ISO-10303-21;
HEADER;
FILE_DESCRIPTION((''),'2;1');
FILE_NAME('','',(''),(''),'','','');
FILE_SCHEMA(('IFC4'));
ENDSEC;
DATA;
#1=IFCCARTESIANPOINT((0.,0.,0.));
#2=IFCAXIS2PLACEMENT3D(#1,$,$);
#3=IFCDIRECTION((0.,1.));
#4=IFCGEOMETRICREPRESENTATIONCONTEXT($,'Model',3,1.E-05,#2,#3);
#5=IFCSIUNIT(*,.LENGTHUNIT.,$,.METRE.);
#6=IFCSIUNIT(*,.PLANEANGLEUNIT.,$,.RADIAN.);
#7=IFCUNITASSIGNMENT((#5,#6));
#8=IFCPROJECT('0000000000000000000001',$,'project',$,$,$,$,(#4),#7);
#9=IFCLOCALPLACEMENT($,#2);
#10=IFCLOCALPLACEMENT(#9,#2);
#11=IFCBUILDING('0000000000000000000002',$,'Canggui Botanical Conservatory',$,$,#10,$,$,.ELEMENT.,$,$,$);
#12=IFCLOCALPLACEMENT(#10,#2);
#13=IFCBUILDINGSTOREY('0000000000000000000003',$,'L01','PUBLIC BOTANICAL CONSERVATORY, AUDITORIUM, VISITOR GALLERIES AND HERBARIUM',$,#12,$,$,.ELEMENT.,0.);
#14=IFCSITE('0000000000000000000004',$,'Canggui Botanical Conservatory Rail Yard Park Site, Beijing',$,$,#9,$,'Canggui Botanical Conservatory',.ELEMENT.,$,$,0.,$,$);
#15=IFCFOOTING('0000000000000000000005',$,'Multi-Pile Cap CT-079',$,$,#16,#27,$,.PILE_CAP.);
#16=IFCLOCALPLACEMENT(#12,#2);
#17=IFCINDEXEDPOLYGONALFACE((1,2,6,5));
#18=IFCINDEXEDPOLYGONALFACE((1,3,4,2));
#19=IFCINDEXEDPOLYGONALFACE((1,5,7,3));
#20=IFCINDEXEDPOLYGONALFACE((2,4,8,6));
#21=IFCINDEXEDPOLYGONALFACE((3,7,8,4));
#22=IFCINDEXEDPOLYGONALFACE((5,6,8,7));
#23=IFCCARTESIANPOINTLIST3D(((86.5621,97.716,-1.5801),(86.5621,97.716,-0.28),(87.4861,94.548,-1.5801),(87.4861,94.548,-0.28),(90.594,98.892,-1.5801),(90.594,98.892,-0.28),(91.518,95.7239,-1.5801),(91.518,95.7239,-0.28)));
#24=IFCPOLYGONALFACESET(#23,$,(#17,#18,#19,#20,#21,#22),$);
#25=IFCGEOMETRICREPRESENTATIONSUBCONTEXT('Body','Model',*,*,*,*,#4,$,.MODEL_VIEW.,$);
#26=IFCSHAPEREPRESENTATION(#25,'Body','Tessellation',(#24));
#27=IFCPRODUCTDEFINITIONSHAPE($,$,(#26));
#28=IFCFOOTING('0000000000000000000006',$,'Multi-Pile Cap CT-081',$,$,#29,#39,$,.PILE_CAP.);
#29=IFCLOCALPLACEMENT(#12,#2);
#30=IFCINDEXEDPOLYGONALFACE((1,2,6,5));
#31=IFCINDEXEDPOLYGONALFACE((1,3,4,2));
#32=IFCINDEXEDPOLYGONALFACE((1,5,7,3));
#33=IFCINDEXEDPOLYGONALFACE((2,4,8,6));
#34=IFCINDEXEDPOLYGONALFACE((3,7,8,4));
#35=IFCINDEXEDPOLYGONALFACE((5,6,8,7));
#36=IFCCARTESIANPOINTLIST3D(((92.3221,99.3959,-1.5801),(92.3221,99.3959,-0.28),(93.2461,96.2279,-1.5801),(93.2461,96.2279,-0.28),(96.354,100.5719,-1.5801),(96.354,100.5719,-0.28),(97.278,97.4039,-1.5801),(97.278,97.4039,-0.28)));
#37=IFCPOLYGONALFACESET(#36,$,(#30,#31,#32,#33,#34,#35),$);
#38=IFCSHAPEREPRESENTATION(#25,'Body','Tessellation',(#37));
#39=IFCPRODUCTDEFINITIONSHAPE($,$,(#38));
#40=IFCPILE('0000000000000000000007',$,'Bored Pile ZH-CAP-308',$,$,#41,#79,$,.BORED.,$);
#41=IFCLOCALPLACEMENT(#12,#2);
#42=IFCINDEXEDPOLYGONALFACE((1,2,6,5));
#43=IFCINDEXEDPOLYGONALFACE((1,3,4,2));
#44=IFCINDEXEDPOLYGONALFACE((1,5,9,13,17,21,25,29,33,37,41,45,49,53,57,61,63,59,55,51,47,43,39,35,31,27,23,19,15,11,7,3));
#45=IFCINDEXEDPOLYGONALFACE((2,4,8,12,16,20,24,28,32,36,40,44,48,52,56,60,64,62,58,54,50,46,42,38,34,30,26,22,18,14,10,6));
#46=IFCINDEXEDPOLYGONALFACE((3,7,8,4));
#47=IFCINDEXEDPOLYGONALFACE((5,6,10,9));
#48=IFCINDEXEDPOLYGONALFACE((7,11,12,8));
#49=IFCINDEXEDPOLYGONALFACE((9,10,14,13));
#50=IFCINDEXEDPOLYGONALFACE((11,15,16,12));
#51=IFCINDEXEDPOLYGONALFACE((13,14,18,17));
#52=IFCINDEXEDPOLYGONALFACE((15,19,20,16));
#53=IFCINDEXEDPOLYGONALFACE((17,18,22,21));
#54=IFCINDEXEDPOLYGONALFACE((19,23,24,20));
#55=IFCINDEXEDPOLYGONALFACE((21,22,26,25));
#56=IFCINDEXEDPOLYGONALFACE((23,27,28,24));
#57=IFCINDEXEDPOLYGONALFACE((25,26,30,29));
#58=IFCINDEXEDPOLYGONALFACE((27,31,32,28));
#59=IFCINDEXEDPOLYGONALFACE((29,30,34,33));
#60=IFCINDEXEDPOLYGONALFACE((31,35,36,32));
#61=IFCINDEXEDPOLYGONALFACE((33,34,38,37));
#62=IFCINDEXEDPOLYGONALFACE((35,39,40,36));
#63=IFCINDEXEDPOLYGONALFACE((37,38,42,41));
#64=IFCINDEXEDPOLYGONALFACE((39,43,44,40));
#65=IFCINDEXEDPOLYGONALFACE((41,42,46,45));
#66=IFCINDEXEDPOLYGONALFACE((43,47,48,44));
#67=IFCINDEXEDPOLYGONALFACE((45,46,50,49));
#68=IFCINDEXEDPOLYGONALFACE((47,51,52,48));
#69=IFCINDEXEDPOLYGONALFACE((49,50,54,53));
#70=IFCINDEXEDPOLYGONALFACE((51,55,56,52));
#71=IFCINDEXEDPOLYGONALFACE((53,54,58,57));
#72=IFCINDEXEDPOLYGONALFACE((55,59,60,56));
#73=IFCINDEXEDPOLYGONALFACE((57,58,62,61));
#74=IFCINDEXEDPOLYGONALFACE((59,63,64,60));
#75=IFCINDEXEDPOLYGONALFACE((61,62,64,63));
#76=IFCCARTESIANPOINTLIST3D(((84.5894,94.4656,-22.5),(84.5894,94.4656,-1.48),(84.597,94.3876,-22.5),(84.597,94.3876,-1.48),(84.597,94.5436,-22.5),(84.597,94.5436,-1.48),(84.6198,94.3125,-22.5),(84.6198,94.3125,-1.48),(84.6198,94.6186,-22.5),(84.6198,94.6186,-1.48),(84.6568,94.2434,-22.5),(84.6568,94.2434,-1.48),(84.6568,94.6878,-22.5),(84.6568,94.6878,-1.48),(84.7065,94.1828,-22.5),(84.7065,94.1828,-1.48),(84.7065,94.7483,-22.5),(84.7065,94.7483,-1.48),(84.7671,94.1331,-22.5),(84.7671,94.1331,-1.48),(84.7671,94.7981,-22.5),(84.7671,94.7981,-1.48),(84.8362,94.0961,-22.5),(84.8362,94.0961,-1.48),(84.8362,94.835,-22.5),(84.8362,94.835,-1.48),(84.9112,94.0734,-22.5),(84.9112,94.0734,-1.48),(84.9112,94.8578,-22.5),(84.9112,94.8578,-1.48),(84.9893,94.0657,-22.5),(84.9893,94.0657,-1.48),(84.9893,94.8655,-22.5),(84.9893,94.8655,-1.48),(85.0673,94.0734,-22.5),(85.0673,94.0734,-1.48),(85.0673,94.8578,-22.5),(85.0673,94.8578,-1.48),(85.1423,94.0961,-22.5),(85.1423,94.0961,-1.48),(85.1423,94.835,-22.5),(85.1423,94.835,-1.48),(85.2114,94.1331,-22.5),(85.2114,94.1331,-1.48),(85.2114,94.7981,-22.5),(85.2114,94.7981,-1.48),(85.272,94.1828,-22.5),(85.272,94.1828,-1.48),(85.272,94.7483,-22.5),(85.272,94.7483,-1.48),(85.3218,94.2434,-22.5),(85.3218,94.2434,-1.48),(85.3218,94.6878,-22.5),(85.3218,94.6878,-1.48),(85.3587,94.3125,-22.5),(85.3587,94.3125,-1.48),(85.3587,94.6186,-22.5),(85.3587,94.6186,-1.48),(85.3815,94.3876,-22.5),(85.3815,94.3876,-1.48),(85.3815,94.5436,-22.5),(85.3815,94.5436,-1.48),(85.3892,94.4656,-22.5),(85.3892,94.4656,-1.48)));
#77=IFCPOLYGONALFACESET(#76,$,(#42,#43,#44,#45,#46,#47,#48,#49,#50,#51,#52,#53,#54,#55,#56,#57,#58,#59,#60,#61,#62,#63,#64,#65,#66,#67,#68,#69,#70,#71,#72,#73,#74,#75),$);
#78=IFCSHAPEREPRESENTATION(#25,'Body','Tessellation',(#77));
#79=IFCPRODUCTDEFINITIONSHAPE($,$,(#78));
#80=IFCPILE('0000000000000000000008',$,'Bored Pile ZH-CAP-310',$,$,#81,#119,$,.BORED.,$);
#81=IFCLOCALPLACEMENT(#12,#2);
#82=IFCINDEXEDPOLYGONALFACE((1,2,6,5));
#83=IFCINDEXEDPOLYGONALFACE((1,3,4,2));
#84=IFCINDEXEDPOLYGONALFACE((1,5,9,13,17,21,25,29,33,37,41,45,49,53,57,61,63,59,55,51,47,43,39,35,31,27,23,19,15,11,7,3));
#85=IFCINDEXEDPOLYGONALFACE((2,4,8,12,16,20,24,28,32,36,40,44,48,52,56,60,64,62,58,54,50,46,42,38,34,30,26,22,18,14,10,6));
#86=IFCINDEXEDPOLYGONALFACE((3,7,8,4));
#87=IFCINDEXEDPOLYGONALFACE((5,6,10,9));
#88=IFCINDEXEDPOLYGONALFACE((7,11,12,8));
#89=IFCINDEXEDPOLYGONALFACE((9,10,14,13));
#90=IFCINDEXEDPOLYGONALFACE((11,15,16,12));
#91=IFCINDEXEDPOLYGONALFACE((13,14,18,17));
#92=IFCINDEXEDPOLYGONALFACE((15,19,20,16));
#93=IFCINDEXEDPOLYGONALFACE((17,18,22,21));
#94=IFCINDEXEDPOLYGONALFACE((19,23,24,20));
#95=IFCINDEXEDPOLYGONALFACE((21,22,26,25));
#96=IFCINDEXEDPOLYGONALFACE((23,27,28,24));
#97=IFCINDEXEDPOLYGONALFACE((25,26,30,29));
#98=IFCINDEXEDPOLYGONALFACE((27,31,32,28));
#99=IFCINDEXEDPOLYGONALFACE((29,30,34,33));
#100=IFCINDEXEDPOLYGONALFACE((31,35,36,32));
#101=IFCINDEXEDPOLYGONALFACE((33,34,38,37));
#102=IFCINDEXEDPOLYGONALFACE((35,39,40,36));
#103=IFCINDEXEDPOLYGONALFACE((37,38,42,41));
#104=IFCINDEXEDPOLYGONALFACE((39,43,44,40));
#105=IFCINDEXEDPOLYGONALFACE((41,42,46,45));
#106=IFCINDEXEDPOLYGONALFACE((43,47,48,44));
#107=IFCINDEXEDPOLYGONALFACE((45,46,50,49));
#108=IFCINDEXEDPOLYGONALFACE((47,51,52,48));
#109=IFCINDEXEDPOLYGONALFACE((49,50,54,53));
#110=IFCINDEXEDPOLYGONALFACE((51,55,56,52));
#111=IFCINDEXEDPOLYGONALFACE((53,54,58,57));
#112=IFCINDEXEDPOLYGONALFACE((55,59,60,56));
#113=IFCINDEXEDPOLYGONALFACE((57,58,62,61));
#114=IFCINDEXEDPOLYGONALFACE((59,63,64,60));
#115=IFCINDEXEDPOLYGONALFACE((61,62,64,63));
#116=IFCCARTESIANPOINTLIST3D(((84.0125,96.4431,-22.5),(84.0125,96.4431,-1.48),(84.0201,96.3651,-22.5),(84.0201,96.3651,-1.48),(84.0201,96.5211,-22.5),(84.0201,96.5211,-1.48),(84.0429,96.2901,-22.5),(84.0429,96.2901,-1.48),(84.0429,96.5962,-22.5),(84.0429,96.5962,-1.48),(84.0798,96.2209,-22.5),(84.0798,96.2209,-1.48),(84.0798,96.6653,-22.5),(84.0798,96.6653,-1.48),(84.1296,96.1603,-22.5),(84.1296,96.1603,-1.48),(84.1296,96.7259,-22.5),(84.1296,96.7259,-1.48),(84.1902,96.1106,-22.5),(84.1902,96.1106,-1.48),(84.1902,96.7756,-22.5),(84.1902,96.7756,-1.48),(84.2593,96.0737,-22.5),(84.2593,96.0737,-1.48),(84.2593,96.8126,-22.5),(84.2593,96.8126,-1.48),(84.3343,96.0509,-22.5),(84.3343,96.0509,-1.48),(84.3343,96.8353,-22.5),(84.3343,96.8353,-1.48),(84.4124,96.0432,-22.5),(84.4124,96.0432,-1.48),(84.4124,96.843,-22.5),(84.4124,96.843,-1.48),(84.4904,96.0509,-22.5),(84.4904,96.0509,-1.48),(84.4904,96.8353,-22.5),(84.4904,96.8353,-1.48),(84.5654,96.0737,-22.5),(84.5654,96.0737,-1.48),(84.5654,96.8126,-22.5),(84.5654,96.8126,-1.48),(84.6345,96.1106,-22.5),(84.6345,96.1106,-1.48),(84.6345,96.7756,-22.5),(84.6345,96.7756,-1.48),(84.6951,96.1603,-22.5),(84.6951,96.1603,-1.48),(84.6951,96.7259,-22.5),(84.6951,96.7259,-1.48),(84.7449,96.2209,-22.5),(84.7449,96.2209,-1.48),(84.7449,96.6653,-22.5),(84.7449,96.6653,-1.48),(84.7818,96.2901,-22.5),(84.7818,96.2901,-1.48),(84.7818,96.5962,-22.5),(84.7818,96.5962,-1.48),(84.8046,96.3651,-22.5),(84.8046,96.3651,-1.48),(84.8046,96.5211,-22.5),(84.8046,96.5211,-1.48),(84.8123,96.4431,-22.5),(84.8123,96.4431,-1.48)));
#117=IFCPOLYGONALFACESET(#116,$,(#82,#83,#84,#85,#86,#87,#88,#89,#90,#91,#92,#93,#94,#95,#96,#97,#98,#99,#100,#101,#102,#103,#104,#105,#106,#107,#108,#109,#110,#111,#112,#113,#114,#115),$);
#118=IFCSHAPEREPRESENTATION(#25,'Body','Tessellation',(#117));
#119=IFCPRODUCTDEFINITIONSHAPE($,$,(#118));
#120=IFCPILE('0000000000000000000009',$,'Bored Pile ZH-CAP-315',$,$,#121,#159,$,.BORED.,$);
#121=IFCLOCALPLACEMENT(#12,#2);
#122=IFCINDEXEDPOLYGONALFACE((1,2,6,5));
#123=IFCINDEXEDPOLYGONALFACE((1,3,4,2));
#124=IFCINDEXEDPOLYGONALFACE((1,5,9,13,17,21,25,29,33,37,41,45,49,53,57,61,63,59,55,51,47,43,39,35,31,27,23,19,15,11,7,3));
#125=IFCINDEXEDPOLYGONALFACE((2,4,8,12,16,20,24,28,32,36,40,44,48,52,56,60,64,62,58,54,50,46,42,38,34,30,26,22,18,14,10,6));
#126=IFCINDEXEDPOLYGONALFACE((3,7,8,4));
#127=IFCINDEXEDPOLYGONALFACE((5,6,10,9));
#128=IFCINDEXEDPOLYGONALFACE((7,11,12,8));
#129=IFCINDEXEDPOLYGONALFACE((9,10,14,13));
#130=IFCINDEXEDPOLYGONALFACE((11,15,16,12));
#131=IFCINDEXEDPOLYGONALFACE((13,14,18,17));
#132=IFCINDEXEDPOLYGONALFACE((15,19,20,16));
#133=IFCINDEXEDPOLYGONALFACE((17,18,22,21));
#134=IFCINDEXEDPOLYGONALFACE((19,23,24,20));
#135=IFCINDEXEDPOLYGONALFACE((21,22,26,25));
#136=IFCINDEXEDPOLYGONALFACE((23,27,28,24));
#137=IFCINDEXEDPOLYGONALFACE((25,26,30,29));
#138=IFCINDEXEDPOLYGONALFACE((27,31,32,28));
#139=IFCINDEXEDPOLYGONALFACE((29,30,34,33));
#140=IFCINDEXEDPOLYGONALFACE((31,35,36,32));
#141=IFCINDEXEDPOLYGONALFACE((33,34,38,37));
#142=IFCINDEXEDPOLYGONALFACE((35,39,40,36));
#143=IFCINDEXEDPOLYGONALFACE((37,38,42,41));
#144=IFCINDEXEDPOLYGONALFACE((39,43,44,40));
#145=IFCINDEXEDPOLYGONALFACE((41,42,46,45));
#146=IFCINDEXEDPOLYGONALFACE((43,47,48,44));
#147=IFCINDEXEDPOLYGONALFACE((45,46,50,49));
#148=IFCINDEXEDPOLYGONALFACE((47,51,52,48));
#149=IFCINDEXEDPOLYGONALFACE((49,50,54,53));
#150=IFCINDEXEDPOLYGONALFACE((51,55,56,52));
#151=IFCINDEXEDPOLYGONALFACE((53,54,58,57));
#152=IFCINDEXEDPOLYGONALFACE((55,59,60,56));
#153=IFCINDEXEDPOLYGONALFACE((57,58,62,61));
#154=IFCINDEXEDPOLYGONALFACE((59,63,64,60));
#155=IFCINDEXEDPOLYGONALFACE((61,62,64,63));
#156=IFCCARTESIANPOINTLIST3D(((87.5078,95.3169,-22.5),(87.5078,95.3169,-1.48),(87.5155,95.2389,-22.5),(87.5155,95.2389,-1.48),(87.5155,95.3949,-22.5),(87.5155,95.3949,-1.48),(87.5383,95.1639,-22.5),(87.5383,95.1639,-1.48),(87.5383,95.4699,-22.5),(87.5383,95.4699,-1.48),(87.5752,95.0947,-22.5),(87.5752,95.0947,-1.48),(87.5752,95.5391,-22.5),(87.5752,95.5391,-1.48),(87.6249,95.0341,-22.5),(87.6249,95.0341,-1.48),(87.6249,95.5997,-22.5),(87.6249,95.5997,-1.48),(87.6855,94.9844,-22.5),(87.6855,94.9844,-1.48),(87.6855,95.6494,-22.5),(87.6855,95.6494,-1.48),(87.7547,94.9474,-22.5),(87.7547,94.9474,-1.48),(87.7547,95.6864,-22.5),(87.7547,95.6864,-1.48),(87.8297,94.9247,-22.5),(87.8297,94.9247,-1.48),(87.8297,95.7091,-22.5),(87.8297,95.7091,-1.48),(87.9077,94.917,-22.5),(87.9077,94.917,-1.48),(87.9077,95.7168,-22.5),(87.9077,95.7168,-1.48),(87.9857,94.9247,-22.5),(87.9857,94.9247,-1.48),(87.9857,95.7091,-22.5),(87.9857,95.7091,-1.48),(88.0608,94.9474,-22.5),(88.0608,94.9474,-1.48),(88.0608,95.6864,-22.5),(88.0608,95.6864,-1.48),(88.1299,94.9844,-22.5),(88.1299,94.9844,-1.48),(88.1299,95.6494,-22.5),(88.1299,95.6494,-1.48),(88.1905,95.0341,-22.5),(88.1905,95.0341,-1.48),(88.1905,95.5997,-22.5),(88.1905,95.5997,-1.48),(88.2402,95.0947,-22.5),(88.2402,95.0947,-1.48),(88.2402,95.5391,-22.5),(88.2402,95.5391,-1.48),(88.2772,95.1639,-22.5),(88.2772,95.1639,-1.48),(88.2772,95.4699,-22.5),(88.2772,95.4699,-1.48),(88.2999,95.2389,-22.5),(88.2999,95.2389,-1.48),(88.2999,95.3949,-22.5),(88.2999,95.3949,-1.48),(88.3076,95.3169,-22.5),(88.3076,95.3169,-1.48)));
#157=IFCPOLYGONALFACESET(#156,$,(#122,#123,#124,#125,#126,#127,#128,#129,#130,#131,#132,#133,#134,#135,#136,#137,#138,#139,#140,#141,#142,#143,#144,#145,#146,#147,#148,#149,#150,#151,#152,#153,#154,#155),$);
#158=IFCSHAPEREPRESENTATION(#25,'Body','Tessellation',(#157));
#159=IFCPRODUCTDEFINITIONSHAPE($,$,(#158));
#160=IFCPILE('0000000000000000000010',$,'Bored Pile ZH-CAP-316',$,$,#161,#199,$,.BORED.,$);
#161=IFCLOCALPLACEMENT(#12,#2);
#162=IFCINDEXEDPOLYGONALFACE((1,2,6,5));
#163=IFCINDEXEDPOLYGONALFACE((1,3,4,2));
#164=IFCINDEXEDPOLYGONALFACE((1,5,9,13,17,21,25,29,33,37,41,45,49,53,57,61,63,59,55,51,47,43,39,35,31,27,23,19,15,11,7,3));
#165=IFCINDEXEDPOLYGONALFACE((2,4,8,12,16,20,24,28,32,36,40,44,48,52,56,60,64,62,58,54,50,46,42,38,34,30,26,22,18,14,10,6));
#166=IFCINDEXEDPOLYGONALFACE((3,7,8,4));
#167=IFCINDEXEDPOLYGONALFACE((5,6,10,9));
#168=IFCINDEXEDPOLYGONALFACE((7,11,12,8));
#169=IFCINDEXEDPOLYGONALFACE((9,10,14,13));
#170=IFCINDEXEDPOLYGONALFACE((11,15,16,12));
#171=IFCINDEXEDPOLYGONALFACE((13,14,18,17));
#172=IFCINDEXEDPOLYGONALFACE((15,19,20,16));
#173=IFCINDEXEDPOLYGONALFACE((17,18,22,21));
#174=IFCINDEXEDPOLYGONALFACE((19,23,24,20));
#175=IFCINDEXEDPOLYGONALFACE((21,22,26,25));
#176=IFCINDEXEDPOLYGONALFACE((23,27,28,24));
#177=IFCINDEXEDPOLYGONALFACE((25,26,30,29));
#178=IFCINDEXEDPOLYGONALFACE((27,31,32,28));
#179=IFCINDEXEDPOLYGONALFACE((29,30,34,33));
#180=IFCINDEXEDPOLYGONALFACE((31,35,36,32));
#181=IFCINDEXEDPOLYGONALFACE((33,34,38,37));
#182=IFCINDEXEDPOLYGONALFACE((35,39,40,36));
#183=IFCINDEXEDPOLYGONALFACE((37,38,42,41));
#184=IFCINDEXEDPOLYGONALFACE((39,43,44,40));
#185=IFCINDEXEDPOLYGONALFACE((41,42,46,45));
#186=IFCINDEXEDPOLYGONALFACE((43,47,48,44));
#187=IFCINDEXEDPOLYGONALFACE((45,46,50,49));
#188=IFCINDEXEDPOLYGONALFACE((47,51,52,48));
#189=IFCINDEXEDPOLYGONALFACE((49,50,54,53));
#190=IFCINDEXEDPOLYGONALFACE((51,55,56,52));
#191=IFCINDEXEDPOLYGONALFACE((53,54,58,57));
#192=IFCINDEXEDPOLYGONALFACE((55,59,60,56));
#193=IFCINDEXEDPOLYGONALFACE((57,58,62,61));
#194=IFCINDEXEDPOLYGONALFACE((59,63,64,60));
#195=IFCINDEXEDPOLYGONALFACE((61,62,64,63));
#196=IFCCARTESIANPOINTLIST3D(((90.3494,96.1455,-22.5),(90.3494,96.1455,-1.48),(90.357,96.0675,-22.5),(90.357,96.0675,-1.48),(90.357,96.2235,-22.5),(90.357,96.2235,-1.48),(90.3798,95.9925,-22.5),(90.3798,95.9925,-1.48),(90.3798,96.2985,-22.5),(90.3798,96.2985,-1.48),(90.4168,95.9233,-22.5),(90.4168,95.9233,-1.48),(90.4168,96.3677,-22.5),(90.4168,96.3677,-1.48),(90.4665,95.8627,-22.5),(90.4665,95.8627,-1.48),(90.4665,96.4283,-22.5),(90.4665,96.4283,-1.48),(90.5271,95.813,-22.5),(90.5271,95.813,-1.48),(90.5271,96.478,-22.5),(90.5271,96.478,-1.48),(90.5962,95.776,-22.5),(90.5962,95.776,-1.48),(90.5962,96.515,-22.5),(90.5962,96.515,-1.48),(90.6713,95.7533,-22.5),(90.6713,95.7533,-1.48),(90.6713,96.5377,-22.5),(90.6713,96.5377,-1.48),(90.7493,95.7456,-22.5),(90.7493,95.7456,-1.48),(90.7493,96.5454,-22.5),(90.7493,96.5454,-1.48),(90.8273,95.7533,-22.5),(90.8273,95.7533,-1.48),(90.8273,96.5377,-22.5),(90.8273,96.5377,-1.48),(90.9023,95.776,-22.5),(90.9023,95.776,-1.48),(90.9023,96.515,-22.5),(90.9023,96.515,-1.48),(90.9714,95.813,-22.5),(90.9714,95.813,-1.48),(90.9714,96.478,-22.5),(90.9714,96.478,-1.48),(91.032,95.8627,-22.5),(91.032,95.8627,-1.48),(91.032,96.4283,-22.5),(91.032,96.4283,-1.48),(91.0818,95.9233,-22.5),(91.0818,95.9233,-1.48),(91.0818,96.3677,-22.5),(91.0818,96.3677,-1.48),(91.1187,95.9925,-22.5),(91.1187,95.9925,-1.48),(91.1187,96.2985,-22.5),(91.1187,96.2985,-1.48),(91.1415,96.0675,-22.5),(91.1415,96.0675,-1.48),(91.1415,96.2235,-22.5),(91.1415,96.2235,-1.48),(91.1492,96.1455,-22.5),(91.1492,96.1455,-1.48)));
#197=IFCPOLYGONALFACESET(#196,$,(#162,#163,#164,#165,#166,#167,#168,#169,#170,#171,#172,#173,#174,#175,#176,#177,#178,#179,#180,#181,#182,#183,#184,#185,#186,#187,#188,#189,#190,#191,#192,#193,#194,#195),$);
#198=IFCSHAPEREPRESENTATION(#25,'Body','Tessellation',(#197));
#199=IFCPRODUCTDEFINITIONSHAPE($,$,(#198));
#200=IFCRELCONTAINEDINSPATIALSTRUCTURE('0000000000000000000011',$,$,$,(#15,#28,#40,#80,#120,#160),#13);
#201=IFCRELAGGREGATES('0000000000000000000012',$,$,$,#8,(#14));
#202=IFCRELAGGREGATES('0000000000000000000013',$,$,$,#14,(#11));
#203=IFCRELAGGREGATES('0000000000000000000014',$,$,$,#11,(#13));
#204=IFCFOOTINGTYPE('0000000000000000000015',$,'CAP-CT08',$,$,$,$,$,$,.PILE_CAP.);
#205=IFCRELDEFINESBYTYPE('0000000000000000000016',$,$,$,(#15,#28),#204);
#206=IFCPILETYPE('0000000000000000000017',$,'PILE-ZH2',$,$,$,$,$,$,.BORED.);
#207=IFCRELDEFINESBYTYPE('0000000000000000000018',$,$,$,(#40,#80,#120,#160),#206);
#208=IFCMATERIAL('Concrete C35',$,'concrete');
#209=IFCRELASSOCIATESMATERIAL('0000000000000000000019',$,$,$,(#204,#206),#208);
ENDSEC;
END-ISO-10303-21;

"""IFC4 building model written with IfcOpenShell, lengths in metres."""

from ifc_helpers import new_model, si_unit, direction, frame, origin, origin_2d, place, context, subcontext, project, spatial, rectangle, circle, extrude, material, material_profile, profile_set, type_object, element, save


model = new_model("IFC4")

# Units and contexts
model_context = context("Model", 3, precision=1e-05, world=origin(), true_north=direction((0.0, 1.0)))
body_context = subcontext(model_context, "Body", "Model", "MODEL_VIEW")
ifc_project = project(units=[si_unit("LENGTHUNIT", "METRE"), si_unit("PLANEANGLEUNIT", "RADIAN")], contexts=[model_context])

# Site, building, storey
site_placement = place(None, origin())
site = spatial("IfcSite", under=ifc_project, at=site_placement, Name="Canggui Botanical Conservatory Rail Yard Park Site, Beijing", LongName="Canggui Botanical Conservatory", CompositionType="ELEMENT", RefElevation=0.0)
building_placement = place(site_placement, origin())
building = spatial("IfcBuilding", under=site, at=building_placement, Name="Canggui Botanical Conservatory", CompositionType="ELEMENT")
storey_placement = place(building_placement, origin())
storey = spatial("IfcBuildingStorey", under=building, at=storey_placement, Name="L01", Description="PUBLIC BOTANICAL CONSERVATORY, AUDITORIUM, VISITOR GALLERIES AND HERBARIUM", CompositionType="ELEMENT", Elevation=0.0)

# Footings
ifc_material_1 = material(Name="Concrete C35", Category="concrete")
footing_type = type_object("IfcFootingType", Name="CAP-CT08", PredefinedType="PILE_CAP", material=ifc_material_1)
for number, where, z_axis, x_axis, name in (
    (1, (89.04, 96.72, -1.5801), (0.0, 0.0, 1.0), (0.96, 0.28, 0.0), "Multi-Pile Cap CT-079"),
    (2, (94.8, 98.3999, -1.5801), (0.0, 0.0, 1.0), (0.96, 0.28, 0.0), "Multi-Pile Cap CT-081"),
):
    element("IfcFooting", number, at=place(storey_placement, frame(where, z_axis=z_axis, x_axis=x_axis)), inside=storey, type_object=footing_type, Name=name, PredefinedType="PILE_CAP", context=body_context, shape_type="SweptSolid", body=[
        extrude(rectangle(XDim=4.2, YDim=3.3, at=origin_2d()), origin(), (0.0, 0.0, 1.0), 1.3),
    ])

# Piles
ifc_material_profile_1 = material_profile(ifc_material_1, circle(Radius=0.3999, at=origin_2d()), Name="PILE D800")
ifc_profile_set_1 = profile_set([ifc_material_profile_1], Name="Concrete C35")
pile_type = type_object("IfcPileType", Name="PILE-ZH2", PredefinedType="BORED", material=ifc_profile_set_1)
for number, where, z_axis, x_axis, name in (
    (3, (84.9893, 94.4656, -1.48), (0.0, 0.0, -1.0), (1.0, 0.0, 0.0), "Bored Pile ZH-CAP-308"),
    (4, (84.4124, 96.4431, -1.48), (0.0, 0.0, -1.0), (1.0, 0.0, 0.0), "Bored Pile ZH-CAP-310"),
    (5, (87.9077, 95.3169, -1.48), (0.0, 0.0, -1.0), (1.0, 0.0, 0.0), "Bored Pile ZH-CAP-315"),
    (6, (90.7493, 96.1455, -1.48), (0.0, 0.0, -1.0), (1.0, 0.0, 0.0), "Bored Pile ZH-CAP-316"),
):
    element("IfcPile", number, at=place(storey_placement, frame(where, z_axis=z_axis, x_axis=x_axis)), inside=storey, type_object=pile_type, Name=name, PredefinedType="BORED", context=body_context, shape_type="SweptSolid", body=[
        extrude(circle(Radius=0.3999, at=origin_2d()), origin(), (0.0, 0.0, 1.0), 21.02),
    ])

save(model, "model.ifc")
